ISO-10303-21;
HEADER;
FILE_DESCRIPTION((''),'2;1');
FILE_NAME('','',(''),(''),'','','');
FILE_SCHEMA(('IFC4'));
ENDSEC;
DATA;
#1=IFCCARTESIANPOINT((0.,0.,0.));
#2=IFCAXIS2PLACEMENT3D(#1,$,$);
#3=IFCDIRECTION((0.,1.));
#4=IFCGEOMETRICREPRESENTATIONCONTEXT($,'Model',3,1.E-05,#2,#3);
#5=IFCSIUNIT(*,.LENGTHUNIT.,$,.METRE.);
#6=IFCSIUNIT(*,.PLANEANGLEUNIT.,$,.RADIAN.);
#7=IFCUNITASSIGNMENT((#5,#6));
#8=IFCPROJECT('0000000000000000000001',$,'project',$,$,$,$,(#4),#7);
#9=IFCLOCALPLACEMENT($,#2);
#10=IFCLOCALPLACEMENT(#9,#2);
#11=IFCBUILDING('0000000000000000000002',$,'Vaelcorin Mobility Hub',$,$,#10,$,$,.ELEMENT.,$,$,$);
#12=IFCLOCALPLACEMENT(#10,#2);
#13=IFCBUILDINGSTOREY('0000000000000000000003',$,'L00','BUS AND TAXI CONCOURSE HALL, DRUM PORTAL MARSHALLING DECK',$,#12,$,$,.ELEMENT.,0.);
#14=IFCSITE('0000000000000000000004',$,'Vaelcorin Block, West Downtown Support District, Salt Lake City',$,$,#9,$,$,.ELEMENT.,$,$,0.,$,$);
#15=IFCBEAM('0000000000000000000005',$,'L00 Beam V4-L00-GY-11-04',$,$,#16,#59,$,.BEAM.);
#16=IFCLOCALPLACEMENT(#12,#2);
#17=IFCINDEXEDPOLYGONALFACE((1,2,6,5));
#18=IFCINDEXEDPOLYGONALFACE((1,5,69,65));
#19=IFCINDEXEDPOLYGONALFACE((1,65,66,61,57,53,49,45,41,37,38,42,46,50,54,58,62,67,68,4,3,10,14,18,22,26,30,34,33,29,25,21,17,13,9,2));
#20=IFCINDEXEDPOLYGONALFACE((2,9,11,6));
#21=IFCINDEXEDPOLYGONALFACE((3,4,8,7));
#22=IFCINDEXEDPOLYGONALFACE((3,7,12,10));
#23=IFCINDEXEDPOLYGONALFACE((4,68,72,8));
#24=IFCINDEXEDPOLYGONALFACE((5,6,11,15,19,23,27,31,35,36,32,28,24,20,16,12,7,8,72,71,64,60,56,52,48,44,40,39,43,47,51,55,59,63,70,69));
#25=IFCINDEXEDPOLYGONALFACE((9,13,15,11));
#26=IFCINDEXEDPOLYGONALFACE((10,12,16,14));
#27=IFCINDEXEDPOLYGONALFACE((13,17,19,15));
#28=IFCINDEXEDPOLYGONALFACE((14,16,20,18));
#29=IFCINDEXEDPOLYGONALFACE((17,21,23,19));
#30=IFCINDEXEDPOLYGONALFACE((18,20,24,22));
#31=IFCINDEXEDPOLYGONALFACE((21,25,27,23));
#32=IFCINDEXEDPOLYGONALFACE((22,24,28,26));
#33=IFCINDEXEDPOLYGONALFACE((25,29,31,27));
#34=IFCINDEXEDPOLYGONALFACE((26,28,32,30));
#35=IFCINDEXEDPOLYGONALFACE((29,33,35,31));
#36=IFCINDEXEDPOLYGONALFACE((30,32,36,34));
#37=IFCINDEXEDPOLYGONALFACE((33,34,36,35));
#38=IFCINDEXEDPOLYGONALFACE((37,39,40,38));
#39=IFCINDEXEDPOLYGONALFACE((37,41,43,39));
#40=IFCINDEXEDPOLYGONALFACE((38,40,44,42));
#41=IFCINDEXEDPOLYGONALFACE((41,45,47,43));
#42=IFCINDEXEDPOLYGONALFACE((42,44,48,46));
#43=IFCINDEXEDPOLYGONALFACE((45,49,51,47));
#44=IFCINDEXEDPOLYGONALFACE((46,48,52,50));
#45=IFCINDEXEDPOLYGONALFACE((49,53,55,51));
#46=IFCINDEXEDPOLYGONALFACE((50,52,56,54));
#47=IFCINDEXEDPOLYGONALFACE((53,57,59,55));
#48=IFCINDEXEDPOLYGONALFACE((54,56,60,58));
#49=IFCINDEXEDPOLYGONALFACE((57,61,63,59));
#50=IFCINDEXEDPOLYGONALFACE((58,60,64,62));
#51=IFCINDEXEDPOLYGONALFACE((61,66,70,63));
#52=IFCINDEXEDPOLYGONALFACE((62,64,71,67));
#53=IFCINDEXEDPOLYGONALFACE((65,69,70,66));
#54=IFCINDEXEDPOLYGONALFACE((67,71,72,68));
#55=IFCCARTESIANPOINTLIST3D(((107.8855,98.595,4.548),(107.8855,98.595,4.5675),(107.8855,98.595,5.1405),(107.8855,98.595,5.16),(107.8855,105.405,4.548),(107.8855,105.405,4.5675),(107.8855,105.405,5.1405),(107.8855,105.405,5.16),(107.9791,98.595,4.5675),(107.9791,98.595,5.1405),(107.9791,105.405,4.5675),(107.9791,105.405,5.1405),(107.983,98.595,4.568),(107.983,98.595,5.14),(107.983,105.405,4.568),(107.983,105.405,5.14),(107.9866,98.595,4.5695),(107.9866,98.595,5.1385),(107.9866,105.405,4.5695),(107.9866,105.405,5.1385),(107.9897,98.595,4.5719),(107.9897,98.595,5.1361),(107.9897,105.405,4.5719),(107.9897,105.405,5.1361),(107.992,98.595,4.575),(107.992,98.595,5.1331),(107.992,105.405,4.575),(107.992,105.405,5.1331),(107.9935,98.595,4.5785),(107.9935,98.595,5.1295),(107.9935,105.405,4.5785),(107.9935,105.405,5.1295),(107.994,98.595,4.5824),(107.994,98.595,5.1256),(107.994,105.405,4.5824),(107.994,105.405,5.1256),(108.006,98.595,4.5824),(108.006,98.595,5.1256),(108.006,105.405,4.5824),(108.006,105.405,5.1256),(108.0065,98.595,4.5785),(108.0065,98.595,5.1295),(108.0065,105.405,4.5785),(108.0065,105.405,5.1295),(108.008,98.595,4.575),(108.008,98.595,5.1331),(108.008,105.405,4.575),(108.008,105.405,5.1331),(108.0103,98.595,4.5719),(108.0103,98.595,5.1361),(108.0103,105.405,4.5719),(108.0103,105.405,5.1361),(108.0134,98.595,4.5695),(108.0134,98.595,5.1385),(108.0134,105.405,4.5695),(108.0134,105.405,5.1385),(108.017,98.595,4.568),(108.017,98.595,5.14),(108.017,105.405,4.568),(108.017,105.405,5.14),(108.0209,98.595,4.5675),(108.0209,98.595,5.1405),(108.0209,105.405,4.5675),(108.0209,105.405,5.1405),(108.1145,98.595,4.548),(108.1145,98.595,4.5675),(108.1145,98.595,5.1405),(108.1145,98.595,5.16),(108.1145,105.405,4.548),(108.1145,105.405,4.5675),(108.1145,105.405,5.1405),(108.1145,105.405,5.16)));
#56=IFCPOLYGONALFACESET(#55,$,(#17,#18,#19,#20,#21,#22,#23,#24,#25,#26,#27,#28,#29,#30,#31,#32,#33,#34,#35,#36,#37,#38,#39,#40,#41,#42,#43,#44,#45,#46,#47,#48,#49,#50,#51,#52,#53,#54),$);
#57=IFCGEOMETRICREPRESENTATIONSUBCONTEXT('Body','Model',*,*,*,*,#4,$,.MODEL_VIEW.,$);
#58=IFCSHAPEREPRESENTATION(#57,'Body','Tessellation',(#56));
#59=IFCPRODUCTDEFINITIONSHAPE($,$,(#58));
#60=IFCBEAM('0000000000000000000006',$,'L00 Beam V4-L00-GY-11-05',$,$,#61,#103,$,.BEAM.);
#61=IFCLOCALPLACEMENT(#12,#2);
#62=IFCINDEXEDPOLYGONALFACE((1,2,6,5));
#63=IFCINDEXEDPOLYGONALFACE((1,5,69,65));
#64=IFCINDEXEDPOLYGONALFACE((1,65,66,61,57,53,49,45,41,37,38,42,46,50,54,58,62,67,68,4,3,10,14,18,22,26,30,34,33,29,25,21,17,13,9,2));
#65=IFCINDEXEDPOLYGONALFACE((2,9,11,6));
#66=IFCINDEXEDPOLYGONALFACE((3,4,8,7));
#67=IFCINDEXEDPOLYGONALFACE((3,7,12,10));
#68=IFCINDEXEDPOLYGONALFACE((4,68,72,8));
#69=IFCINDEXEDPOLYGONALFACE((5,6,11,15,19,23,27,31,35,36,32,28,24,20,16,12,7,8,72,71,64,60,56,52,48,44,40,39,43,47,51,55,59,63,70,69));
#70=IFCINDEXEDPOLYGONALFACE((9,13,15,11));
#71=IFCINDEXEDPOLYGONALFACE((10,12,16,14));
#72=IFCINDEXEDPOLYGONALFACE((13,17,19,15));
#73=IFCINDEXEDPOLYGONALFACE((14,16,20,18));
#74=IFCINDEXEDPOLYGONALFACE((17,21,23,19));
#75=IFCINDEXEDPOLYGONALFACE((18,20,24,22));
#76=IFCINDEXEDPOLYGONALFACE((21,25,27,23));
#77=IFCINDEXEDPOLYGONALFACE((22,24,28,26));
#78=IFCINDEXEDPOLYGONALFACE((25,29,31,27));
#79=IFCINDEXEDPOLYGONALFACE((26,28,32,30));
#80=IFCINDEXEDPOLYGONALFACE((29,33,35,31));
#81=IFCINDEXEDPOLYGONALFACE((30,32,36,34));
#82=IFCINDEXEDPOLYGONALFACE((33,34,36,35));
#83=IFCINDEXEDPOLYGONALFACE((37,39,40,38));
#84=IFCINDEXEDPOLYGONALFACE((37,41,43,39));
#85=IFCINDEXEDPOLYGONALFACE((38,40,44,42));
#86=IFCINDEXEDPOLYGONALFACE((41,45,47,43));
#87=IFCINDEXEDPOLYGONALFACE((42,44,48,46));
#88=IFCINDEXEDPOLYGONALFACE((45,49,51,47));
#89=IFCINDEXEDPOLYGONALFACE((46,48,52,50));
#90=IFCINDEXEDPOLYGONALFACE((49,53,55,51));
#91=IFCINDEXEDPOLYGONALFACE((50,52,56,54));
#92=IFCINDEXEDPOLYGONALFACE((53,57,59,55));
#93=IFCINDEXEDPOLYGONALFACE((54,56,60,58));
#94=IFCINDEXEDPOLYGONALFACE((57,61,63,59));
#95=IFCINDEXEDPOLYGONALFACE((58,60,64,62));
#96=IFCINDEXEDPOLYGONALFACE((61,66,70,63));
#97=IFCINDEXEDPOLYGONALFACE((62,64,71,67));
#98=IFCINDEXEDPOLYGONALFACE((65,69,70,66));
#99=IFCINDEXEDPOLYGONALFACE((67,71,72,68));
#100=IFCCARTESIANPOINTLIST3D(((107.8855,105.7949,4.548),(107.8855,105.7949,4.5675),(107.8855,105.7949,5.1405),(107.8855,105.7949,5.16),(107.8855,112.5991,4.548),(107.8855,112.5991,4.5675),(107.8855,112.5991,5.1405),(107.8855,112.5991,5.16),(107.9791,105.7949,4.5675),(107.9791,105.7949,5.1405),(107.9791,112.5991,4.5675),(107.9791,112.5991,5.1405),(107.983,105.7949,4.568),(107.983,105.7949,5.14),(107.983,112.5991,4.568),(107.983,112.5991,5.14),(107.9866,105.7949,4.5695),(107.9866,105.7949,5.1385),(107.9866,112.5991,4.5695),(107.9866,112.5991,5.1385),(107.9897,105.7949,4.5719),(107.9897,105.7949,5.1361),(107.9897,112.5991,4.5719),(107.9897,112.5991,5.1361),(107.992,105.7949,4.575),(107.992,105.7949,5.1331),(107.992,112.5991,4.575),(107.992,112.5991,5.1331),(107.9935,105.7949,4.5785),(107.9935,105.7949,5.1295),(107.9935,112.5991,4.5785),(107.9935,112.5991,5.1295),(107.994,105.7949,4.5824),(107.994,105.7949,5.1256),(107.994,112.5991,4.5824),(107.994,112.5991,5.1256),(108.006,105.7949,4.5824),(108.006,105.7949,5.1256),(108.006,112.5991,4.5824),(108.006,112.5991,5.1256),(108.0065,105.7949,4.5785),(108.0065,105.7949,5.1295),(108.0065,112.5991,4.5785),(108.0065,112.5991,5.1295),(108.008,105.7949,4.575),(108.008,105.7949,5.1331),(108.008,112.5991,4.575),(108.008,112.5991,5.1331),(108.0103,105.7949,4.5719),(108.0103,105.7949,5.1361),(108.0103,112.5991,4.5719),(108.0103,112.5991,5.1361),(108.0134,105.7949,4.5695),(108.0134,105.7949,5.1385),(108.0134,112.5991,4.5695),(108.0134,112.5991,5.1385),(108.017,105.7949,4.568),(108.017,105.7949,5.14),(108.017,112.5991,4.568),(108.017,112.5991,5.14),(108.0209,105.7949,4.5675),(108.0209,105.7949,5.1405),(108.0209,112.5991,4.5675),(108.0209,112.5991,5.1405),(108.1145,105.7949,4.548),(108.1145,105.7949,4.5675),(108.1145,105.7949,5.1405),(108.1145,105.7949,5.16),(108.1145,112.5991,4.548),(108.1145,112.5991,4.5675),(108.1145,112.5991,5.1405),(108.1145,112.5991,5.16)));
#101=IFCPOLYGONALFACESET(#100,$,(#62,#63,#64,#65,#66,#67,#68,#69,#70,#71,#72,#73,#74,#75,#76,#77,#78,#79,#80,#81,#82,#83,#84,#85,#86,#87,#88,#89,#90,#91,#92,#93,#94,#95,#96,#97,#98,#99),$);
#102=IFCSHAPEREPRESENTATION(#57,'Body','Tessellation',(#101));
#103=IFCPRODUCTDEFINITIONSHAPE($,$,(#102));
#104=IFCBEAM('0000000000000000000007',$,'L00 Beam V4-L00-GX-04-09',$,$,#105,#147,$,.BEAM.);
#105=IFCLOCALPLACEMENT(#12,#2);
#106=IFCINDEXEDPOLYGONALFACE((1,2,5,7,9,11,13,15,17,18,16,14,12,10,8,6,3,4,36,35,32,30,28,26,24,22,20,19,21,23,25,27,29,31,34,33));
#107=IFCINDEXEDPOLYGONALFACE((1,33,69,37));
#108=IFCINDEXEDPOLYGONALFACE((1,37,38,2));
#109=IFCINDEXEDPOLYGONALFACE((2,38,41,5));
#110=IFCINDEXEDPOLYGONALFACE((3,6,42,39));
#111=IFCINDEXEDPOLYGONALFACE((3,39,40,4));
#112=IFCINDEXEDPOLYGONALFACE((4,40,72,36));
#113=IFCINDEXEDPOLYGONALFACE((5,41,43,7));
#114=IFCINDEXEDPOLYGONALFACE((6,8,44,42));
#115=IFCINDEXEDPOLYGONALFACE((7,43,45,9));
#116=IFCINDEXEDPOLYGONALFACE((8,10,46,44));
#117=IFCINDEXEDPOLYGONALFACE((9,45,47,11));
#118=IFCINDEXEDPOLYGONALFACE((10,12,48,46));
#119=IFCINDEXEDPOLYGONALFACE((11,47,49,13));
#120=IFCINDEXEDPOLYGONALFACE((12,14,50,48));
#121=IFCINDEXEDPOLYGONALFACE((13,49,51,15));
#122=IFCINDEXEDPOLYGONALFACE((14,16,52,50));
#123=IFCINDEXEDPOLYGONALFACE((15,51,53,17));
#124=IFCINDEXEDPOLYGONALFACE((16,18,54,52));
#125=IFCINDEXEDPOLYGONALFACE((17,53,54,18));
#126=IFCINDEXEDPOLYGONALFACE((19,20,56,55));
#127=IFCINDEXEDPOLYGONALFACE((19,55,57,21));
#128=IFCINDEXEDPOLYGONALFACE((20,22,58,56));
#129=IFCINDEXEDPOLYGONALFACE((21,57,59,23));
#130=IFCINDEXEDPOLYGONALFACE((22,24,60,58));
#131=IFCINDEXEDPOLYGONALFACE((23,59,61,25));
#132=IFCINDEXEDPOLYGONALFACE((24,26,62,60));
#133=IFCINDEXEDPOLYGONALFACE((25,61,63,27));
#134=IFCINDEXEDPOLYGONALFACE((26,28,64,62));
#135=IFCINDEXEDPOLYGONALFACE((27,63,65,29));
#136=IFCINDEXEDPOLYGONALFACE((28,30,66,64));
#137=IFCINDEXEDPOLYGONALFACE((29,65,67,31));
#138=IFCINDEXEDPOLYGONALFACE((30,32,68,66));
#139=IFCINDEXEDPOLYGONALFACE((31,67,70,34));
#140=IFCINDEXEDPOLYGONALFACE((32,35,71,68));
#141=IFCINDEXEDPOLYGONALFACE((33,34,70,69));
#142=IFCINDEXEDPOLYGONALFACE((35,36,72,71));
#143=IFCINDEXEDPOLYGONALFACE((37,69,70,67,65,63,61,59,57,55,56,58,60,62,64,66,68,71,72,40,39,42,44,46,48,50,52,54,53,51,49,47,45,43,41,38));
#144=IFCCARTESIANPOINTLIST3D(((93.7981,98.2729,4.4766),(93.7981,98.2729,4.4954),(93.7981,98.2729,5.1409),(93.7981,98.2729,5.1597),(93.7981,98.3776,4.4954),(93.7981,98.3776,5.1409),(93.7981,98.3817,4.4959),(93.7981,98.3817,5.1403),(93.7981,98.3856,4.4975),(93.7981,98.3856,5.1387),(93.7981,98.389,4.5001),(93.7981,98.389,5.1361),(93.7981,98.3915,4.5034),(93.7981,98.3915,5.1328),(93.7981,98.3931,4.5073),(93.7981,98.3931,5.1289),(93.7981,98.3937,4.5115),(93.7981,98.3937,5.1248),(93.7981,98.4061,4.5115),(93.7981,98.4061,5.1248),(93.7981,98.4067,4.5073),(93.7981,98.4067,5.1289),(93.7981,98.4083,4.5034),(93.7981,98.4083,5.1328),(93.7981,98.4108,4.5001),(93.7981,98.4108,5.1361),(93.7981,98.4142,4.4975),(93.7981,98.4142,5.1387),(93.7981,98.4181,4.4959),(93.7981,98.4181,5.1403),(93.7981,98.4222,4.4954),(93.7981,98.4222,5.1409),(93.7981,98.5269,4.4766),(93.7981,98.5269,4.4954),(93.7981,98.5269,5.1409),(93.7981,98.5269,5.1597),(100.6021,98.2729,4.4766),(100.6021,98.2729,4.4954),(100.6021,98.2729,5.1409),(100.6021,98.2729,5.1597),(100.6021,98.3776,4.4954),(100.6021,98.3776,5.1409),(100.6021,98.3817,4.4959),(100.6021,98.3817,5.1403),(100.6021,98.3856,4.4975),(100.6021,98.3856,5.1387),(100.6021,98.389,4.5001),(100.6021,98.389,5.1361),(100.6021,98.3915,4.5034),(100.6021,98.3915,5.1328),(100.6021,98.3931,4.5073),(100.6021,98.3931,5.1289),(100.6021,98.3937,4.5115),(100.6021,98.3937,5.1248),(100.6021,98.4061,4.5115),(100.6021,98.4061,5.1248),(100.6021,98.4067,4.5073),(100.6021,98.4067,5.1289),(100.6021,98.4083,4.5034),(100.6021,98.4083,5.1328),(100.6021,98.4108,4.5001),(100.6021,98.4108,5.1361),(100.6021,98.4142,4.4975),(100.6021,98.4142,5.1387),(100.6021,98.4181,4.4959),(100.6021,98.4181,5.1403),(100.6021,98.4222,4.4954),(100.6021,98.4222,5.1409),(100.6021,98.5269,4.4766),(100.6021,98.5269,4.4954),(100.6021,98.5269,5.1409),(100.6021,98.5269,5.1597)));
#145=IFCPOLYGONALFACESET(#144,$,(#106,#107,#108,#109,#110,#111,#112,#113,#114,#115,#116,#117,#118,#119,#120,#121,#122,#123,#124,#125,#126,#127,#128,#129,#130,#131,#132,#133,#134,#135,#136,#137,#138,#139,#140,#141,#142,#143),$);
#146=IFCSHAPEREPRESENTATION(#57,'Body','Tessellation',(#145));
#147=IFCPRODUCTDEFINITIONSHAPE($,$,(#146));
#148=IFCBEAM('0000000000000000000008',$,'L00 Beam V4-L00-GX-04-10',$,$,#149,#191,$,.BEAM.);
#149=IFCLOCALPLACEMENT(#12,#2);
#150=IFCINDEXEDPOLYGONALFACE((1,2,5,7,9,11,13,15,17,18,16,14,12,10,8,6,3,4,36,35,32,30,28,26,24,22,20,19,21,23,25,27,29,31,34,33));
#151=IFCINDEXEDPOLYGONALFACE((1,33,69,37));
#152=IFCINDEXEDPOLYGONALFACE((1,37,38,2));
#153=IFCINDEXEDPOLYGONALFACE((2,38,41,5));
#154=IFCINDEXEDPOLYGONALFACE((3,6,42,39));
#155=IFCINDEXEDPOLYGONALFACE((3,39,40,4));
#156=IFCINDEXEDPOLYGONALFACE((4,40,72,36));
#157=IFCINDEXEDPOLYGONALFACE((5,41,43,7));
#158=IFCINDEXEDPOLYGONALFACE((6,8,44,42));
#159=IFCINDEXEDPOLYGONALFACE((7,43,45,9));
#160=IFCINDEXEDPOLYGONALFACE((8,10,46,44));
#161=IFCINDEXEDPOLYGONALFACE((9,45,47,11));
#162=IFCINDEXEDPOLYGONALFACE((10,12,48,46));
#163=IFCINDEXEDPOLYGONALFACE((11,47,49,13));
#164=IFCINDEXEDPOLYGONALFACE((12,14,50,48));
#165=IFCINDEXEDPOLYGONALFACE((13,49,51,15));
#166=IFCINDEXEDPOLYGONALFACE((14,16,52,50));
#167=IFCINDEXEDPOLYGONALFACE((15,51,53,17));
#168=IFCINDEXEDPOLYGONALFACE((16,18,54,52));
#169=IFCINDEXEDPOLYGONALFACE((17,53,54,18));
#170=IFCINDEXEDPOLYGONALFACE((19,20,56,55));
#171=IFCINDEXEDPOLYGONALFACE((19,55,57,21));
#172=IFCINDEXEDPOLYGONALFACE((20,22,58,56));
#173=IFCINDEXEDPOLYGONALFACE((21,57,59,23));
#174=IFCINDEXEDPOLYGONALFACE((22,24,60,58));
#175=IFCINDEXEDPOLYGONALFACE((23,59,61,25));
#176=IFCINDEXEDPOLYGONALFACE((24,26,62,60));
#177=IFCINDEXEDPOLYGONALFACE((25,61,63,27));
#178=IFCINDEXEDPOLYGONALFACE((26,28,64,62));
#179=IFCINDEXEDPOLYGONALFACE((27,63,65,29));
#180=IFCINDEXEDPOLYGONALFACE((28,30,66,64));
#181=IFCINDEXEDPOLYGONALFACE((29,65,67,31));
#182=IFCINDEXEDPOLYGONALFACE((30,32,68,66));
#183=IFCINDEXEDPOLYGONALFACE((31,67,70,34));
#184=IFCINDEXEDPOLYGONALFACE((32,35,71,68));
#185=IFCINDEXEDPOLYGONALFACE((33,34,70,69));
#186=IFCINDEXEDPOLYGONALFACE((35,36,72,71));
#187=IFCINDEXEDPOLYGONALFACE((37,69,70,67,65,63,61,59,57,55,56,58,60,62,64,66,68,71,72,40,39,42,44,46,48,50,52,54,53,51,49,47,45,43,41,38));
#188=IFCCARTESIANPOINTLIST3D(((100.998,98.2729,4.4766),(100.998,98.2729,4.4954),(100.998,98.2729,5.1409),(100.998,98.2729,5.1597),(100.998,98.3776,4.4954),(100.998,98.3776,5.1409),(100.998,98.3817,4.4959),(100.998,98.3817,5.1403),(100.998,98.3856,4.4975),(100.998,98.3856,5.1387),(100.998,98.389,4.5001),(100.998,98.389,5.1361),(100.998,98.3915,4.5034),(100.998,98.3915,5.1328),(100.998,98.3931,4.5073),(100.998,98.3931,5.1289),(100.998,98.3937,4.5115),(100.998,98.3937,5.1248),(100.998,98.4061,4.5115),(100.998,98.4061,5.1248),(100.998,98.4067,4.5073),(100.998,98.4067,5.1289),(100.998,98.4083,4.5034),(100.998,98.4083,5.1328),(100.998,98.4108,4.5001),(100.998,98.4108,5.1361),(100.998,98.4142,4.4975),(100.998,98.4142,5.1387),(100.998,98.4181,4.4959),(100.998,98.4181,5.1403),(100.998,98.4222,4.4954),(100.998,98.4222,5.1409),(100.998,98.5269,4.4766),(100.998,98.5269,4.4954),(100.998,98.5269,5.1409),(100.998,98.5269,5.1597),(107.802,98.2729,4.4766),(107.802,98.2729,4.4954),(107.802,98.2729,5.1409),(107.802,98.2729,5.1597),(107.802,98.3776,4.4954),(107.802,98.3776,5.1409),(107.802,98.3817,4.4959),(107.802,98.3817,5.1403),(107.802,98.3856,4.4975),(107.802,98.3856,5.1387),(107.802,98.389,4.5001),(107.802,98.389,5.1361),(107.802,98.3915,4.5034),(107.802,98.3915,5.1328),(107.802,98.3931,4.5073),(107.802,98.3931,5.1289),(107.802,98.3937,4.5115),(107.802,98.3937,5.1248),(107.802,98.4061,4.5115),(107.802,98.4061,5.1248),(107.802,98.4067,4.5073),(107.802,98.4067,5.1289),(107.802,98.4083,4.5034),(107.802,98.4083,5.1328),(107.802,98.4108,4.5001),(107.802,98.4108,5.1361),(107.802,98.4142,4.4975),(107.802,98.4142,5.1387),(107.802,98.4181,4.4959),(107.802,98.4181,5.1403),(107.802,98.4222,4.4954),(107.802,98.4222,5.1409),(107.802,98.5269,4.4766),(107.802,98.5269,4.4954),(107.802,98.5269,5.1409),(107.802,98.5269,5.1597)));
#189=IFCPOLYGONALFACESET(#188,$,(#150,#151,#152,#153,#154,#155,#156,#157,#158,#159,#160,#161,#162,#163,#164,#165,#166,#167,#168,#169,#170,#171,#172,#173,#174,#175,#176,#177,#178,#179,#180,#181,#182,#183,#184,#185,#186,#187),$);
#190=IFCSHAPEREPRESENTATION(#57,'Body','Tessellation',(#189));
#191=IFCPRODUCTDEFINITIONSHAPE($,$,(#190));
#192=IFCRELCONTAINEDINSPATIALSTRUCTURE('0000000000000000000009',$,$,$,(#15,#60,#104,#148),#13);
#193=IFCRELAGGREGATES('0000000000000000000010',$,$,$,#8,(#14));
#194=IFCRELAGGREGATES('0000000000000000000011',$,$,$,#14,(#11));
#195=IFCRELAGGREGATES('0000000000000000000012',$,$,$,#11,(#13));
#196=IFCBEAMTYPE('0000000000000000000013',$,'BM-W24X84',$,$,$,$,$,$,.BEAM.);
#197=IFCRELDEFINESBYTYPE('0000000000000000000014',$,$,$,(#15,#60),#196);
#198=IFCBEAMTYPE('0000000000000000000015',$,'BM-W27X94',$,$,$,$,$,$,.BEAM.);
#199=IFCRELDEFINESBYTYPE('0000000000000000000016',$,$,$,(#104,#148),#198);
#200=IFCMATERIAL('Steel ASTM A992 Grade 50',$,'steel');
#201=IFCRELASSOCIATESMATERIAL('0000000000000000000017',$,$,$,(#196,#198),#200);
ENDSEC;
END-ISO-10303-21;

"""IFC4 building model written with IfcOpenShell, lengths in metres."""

from ifc_helpers import new_model, si_unit, direction, frame, origin, origin_2d, place, context, subcontext, project, spatial, i_section, extrude, material, material_profile, profile_set, type_object, element, save


model = new_model("IFC4")

# Units and contexts
model_context = context("Model", 3, precision=1e-05, world=origin(), true_north=direction((0.0, 1.0)))
body_context = subcontext(model_context, "Body", "Model", "MODEL_VIEW")
ifc_project = project(units=[si_unit("LENGTHUNIT", "METRE"), si_unit("PLANEANGLEUNIT", "RADIAN")], contexts=[model_context])

# Site, building, storey
site_placement = place(None, origin())
site = spatial("IfcSite", under=ifc_project, at=site_placement, Name="Vaelcorin Block, West Downtown Support District, Salt Lake City", CompositionType="ELEMENT", RefElevation=0.0)
building_placement = place(site_placement, origin())
building = spatial("IfcBuilding", under=site, at=building_placement, Name="Vaelcorin Mobility Hub", CompositionType="ELEMENT")
storey_placement = place(building_placement, origin())
storey = spatial("IfcBuildingStorey", under=building, at=storey_placement, Name="L00", Description="BUS AND TAXI CONCOURSE HALL, DRUM PORTAL MARSHALLING DECK", CompositionType="ELEMENT", Elevation=0.0)

# Shared definitions
ifc_material_1 = material(Name="Steel ASTM A992 Grade 50", Category="steel")

# Beams
ifc_material_profile_1 = material_profile(ifc_material_1, i_section(OverallWidth=0.229, OverallDepth=0.6121, WebThickness=0.012, FlangeThickness=0.0195, FilletRadius=0.0149, at=origin_2d()), Name="W24X84")
ifc_profile_set_1 = profile_set([ifc_material_profile_1], Name="Steel ASTM A992 Grade 50")
beam_type_1 = type_object("IfcBeamType", Name="BM-W24X84", PredefinedType="BEAM", material=ifc_profile_set_1)
beam_1_placement = place(storey_placement, frame((108.0, 98.595, 4.854), z_axis=(0.0, 1.0, 0.0), x_axis=(-1.0, 0.0, 0.0)))
element("IfcBeam", 1, at=beam_1_placement, inside=storey, type_object=beam_type_1, Name="L00 Beam V4-L00-GY-11-04", PredefinedType="BEAM", context=body_context, shape_type="SweptSolid", body=[
    extrude(i_section(OverallWidth=0.229, OverallDepth=0.6121, WebThickness=0.012, FlangeThickness=0.0195, FilletRadius=0.0149, at=origin_2d()), origin(), (0.0, 0.0, 1.0), 6.8101),
])
beam_2_placement = place(storey_placement, frame((108.0, 105.7949, 4.854), z_axis=(0.0, 1.0, 0.0), x_axis=(-1.0, 0.0, 0.0)))
element("IfcBeam", 2, at=beam_2_placement, inside=storey, type_object=beam_type_1, Name="L00 Beam V4-L00-GY-11-05", PredefinedType="BEAM", context=body_context, shape_type="SweptSolid", body=[
    extrude(i_section(OverallWidth=0.229, OverallDepth=0.6121, WebThickness=0.012, FlangeThickness=0.0195, FilletRadius=0.0149, at=origin_2d()), origin(), (0.0, 0.0, 1.0), 6.8042),
])
ifc_material_profile_2 = material_profile(ifc_material_1, i_section(OverallWidth=0.2539, OverallDepth=0.6831, WebThickness=0.0125, FlangeThickness=0.0188, FilletRadius=0.0161, at=origin_2d()), Name="W27X94")
ifc_profile_set_2 = profile_set([ifc_material_profile_2], Name="Steel ASTM A992 Grade 50")
beam_type_2 = type_object("IfcBeamType", Name="BM-W27X94", PredefinedType="BEAM", material=ifc_profile_set_2)
for number, where, z_axis, x_axis, name in (
    (3, (93.7981, 98.3999, 4.8181), (1.0, 0.0, 0.0), (0.0, 1.0, 0.0), "L00 Beam V4-L00-GX-04-09"),
    (4, (100.998, 98.3999, 4.8181), (1.0, 0.0, 0.0), (0.0, 1.0, 0.0), "L00 Beam V4-L00-GX-04-10"),
):
    element("IfcBeam", number, at=place(storey_placement, frame(where, z_axis=z_axis, x_axis=x_axis)), inside=storey, type_object=beam_type_2, Name=name, PredefinedType="BEAM", context=body_context, shape_type="SweptSolid", body=[
        extrude(i_section(OverallWidth=0.2539, OverallDepth=0.6831, WebThickness=0.0125, FlangeThickness=0.0188, FilletRadius=0.0161, at=origin_2d()), origin(), (0.0, 0.0, 1.0), 6.804),
    ])

save(model, "model.ifc")
